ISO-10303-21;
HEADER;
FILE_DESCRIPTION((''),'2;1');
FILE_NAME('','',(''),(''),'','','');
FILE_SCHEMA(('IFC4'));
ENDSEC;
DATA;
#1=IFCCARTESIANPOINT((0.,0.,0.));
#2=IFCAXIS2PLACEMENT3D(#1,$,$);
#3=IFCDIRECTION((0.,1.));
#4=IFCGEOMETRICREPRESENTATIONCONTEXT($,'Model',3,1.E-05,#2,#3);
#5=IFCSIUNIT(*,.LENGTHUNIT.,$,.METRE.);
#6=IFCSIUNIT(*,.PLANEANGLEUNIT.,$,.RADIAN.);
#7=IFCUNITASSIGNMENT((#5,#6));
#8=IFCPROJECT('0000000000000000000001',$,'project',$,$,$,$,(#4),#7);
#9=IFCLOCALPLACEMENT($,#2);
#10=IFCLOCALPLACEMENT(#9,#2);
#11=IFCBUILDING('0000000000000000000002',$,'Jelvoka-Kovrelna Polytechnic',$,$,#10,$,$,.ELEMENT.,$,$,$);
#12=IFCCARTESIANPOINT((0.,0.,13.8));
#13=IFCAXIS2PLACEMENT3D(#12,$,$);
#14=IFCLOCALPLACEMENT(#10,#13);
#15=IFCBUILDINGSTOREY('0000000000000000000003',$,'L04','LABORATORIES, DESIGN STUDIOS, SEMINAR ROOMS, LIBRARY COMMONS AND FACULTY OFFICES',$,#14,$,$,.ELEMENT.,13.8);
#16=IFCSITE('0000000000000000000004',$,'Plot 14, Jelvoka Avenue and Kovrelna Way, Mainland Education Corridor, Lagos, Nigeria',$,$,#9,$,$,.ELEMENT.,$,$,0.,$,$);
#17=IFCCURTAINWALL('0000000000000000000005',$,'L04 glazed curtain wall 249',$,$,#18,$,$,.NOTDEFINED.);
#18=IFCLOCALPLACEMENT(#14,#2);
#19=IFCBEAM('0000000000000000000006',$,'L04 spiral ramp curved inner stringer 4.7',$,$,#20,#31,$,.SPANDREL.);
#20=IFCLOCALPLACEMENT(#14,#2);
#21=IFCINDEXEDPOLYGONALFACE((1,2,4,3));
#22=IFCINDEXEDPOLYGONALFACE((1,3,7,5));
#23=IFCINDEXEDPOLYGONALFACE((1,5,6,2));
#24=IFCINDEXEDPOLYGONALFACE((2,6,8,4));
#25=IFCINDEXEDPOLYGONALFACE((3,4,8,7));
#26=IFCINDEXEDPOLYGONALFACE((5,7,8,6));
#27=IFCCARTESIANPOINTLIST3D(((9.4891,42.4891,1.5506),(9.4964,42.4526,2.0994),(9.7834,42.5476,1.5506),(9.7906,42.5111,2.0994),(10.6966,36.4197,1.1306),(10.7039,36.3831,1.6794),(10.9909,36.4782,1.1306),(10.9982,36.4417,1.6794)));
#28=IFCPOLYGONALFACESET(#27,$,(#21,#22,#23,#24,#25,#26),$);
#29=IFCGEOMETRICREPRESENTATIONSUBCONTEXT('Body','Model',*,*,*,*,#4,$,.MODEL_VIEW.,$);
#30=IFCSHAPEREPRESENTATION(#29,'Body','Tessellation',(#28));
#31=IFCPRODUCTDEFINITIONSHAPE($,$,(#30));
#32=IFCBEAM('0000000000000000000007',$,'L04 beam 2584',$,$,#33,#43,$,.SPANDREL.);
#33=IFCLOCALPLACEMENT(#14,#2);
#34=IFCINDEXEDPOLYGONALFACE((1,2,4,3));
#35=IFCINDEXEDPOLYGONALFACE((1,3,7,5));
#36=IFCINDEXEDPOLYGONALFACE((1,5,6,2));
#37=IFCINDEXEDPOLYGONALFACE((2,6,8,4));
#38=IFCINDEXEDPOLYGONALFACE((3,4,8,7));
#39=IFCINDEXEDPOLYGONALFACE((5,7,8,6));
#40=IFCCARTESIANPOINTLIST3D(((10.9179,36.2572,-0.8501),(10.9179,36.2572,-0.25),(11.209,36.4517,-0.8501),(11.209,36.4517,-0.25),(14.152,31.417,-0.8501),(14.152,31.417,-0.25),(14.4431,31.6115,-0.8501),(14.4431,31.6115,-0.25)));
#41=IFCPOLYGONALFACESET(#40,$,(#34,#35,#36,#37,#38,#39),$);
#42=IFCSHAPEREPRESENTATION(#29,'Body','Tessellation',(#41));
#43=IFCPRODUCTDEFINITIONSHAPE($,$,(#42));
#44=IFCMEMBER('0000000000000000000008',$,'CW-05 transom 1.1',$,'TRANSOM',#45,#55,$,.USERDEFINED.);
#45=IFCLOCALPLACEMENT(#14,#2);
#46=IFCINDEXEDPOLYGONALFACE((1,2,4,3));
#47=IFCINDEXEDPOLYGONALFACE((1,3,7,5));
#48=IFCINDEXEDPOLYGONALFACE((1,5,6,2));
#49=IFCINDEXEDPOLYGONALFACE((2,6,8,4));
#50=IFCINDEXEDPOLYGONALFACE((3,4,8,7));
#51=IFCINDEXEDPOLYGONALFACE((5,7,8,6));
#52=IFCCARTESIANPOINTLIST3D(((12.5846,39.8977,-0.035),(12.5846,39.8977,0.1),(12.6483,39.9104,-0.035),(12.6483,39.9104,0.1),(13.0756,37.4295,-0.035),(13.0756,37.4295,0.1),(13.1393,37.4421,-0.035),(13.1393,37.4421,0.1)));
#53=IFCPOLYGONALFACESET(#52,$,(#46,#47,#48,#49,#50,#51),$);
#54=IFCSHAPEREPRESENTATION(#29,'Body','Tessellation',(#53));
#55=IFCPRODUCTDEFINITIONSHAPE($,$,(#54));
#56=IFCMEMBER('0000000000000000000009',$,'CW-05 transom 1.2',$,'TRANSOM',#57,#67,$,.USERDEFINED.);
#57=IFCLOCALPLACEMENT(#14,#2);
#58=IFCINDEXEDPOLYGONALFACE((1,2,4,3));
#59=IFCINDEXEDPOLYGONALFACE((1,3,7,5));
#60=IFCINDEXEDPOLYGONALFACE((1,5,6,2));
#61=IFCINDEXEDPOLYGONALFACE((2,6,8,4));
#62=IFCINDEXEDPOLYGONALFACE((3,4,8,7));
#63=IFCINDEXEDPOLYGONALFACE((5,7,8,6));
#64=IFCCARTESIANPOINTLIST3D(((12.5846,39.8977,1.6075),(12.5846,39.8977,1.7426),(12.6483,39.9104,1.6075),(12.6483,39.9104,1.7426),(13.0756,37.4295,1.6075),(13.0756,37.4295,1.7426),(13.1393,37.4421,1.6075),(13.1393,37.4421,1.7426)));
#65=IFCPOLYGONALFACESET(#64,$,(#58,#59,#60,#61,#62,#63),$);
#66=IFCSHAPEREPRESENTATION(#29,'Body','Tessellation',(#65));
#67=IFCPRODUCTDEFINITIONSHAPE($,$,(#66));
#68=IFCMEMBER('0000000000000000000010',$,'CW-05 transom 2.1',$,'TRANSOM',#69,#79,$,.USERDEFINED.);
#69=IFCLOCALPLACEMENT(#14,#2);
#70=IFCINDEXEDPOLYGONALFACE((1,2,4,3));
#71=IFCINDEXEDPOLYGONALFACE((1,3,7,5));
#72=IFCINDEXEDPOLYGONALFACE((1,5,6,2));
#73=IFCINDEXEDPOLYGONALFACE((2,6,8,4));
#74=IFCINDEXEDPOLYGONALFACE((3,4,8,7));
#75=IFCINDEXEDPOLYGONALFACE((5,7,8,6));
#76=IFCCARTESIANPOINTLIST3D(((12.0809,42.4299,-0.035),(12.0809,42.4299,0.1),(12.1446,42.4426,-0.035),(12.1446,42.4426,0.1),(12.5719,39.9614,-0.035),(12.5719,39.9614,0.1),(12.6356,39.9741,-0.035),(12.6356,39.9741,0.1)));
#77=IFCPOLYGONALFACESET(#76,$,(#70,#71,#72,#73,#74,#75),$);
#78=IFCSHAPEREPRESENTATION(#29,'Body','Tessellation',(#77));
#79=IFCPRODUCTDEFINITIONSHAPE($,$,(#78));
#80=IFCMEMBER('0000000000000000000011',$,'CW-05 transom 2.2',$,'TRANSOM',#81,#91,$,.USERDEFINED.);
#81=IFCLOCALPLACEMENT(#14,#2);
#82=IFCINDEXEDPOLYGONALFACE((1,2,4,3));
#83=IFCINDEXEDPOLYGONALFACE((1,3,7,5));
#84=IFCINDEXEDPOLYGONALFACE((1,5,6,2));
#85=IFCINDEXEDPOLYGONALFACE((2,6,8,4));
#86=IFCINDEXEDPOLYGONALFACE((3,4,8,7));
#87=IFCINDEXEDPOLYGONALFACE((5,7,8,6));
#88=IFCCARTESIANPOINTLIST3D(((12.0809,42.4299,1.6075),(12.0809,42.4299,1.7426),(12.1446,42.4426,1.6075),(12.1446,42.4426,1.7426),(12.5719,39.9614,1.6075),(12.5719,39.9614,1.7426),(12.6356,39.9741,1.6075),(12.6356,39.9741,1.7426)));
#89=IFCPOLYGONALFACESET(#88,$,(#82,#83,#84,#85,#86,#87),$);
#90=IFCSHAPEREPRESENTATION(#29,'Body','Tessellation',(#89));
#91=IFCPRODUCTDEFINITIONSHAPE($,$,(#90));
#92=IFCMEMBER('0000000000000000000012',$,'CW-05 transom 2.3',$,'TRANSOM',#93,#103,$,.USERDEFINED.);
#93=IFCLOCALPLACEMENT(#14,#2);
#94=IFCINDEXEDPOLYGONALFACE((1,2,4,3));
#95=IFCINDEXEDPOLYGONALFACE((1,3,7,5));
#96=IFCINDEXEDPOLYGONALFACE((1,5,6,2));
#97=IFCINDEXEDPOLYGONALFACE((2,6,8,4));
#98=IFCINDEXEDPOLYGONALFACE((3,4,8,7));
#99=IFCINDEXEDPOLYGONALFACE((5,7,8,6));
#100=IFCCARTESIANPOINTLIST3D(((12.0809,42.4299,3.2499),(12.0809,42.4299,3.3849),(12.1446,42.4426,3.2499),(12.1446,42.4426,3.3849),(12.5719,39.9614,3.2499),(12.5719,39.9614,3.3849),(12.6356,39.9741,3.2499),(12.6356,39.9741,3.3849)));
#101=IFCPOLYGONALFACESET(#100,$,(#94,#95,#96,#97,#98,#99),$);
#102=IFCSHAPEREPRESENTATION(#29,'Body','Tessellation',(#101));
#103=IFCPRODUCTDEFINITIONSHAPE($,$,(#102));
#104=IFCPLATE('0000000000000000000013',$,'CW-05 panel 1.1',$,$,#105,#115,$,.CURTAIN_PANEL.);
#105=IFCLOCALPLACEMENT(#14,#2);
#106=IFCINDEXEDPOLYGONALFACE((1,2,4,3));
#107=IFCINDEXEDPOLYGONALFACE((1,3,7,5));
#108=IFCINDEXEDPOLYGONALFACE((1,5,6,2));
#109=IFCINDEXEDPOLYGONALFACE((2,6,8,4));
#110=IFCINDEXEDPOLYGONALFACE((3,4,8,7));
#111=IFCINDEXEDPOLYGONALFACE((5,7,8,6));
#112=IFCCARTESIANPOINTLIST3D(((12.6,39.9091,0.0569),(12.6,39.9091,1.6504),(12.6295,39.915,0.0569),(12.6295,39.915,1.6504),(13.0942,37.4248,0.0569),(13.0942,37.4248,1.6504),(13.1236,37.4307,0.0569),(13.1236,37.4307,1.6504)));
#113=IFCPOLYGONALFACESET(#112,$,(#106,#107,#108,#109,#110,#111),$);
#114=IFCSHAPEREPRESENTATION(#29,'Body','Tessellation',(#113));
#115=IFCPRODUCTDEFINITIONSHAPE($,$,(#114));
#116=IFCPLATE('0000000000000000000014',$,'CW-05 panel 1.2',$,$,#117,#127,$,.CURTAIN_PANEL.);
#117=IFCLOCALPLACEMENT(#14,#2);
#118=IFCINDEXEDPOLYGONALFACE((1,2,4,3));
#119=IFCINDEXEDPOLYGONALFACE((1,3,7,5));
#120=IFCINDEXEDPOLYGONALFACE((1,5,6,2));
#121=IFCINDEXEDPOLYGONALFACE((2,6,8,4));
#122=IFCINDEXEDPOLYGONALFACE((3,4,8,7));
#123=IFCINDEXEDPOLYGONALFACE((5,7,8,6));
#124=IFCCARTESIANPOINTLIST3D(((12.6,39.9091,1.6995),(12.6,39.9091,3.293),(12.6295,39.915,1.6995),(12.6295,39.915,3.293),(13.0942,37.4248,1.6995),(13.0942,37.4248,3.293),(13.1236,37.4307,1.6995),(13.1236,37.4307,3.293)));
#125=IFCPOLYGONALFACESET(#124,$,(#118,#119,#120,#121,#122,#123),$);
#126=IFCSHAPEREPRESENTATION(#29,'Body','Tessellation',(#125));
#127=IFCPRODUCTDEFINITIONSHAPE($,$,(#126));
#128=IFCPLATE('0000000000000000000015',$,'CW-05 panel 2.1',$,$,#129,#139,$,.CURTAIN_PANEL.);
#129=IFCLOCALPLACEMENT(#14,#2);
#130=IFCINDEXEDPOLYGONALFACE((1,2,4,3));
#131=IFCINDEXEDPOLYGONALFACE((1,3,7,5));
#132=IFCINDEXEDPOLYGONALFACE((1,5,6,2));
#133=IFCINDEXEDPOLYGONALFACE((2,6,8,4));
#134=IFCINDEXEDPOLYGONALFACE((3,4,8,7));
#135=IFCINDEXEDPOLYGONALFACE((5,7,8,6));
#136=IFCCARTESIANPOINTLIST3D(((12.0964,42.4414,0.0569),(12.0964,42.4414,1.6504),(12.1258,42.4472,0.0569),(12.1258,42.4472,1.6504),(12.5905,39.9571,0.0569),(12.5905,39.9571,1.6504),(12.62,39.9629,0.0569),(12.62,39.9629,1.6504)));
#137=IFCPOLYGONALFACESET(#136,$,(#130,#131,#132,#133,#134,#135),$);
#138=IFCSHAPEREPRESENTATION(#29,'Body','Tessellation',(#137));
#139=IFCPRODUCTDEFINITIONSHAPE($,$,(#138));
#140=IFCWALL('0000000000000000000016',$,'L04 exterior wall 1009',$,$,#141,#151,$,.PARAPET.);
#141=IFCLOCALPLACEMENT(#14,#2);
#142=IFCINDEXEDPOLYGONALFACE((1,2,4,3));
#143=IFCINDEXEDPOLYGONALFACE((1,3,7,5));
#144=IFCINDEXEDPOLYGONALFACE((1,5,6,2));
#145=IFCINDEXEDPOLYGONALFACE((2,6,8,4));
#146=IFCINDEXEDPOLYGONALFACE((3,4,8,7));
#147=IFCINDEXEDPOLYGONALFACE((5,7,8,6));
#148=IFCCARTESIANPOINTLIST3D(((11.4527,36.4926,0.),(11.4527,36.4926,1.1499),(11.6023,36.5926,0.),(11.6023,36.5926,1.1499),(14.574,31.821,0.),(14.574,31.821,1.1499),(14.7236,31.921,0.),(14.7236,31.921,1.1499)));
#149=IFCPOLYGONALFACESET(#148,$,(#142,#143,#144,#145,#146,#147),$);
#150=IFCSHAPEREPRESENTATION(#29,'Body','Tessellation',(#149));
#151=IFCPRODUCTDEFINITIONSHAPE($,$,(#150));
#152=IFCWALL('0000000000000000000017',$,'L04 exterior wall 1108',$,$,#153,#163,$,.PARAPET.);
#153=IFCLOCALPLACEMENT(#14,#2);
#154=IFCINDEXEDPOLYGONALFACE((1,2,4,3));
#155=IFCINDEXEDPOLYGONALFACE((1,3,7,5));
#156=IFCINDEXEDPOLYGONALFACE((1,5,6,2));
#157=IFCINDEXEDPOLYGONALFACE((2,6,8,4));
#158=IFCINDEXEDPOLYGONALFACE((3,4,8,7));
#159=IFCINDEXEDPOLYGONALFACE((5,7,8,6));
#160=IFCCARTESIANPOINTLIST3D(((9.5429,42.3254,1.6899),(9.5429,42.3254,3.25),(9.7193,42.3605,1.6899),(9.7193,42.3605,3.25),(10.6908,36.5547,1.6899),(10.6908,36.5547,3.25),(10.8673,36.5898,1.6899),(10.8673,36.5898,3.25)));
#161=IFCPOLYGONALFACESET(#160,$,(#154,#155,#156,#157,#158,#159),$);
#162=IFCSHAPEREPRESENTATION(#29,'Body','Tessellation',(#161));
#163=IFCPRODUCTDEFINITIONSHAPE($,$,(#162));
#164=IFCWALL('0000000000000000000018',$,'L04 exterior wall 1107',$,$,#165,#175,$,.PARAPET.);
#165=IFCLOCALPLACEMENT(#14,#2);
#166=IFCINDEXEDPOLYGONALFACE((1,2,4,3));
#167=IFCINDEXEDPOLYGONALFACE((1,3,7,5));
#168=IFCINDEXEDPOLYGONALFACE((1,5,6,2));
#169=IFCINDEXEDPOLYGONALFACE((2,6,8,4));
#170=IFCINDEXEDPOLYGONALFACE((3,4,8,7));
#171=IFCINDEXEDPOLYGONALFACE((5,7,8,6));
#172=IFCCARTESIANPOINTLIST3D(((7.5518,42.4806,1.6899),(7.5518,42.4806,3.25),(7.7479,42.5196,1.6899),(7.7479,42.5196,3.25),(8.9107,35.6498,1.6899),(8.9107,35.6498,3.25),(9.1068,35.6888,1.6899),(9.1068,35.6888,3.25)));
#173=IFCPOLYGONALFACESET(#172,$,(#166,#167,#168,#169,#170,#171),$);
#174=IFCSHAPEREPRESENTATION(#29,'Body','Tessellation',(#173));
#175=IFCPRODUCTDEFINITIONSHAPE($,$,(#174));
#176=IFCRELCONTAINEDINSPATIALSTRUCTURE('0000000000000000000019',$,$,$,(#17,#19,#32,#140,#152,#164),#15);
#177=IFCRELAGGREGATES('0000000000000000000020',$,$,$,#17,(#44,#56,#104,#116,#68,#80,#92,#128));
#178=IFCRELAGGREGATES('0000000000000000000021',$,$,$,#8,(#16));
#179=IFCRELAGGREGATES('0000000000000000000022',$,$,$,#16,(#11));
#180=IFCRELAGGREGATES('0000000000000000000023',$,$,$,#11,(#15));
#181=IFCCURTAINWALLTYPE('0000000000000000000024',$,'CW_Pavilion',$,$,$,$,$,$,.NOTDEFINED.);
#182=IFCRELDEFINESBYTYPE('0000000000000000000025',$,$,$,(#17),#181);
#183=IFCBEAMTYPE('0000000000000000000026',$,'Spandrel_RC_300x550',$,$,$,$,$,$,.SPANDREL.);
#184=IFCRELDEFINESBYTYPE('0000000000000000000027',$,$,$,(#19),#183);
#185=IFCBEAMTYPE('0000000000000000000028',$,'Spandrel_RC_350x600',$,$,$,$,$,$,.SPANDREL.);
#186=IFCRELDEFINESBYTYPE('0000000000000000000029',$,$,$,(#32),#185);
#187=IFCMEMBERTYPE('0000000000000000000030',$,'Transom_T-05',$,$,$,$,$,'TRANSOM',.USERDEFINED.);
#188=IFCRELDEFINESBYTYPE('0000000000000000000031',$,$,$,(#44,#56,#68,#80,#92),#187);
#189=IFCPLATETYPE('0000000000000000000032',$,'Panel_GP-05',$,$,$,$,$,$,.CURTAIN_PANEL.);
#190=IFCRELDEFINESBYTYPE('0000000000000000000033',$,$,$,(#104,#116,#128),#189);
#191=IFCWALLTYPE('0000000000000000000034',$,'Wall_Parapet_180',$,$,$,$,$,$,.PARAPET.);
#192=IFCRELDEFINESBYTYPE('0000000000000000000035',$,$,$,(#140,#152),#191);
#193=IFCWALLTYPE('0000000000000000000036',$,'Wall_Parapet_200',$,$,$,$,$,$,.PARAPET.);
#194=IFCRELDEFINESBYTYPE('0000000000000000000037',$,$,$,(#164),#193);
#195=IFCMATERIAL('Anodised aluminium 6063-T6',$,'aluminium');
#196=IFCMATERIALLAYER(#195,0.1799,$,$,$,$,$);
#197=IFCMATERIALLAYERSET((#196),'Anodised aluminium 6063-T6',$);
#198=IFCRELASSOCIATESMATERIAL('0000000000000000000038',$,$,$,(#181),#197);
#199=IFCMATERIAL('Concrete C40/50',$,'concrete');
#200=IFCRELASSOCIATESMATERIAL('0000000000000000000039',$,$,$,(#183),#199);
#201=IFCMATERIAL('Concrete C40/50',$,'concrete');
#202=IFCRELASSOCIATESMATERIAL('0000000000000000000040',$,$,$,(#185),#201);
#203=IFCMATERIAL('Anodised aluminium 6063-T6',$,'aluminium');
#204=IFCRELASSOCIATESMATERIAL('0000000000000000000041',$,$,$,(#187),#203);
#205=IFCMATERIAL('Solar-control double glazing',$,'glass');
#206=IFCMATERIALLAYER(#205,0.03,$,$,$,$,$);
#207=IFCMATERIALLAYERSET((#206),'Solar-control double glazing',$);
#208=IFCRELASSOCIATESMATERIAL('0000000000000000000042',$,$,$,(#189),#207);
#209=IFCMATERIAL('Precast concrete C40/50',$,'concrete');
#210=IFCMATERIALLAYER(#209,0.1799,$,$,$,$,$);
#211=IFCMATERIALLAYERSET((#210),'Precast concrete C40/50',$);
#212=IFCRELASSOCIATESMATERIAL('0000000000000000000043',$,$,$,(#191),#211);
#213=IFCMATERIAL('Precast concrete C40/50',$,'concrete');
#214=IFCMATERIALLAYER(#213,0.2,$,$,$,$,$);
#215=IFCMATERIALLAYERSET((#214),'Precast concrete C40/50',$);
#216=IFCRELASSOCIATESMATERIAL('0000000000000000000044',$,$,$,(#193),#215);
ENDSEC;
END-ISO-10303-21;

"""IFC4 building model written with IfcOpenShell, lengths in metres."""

from ifc_helpers import new_model, si_unit, direction, frame, frame_2d, origin, origin_2d, place, context, subcontext, project, spatial, rectangle, extrude, material, layer, layer_set, material_profile, profile_set, type_object, element, aggregate, save


model = new_model("IFC4")

# Units and contexts
model_context = context("Model", 3, precision=1e-05, world=origin(), true_north=direction((0.0, 1.0)))
body_context = subcontext(model_context, "Body", "Model", "MODEL_VIEW")
ifc_project = project(units=[si_unit("LENGTHUNIT", "METRE"), si_unit("PLANEANGLEUNIT", "RADIAN")], contexts=[model_context])

# Site, building, storey
site_placement = place(None, origin())
site = spatial("IfcSite", under=ifc_project, at=site_placement, Name="Plot 14, Jelvoka Avenue and Kovrelna Way, Mainland Education Corridor, Lagos, Nigeria", CompositionType="ELEMENT", RefElevation=0.0)
building_placement = place(site_placement, origin())
building = spatial("IfcBuilding", under=site, at=building_placement, Name="Jelvoka-Kovrelna Polytechnic", CompositionType="ELEMENT")
storey_placement = place(building_placement, frame((0.0, 0.0, 13.8)))
storey = spatial("IfcBuildingStorey", under=building, at=storey_placement, Name="L04", Description="LABORATORIES, DESIGN STUDIOS, SEMINAR ROOMS, LIBRARY COMMONS AND FACULTY OFFICES", CompositionType="ELEMENT", Elevation=13.8)

# Curtain wall
ifc_material_1 = material(Name="Anodised aluminium 6063-T6", Category="aluminium")
ifc_layer_1 = layer(ifc_material_1, 0.1799)
ifc_layer_set_1 = layer_set([ifc_layer_1], Name="Anodised aluminium 6063-T6")
curtain_wall_type = type_object("IfcCurtainWallType", Name="CW_Pavilion", PredefinedType="NOTDEFINED", material=ifc_layer_set_1)
curtain_wall_placement = place(storey_placement, origin())
curtain_wall = element("IfcCurtainWall", 1, at=curtain_wall_placement, inside=storey, type_object=curtain_wall_type, Name="L04 glazed curtain wall 249", PredefinedType="NOTDEFINED")

# Beams
ifc_material_2 = material(Name="Concrete C40/50", Category="concrete")
ifc_material_profile_1 = material_profile(ifc_material_2, rectangle(XDim=0.3, YDim=0.55, at=origin_2d()), Name="RC 300x550")
ifc_profile_set_1 = profile_set([ifc_material_profile_1], Name="Concrete C40/50")
beam_type_1 = type_object("IfcBeamType", Name="Spandrel_RC_300x550", PredefinedType="SPANDREL", material=ifc_profile_set_1)
beam_1_placement = place(storey_placement, frame((10.8474, 36.4307, 1.405), z_axis=(-0.194682, 0.978527, 0.067702), x_axis=(-0.980777, -0.19513, 0.0)))
element("IfcBeam", 2, at=beam_1_placement, inside=storey, type_object=beam_type_1, Name="L04 spiral ramp curved inner stringer 4.7", PredefinedType="SPANDREL", context=body_context, shape_type="SweptSolid", body=[
    extrude(rectangle(XDim=0.3, YDim=0.55, at=origin_2d()), origin(), (0.0, 0.0, 1.0), 6.2026),
])
ifc_material_3 = material(Name="Concrete C40/50", Category="concrete")
ifc_material_profile_2 = material_profile(ifc_material_3, rectangle(XDim=0.3501, YDim=0.6001, at=origin_2d()), Name="RC 350x600")
ifc_profile_set_2 = profile_set([ifc_material_profile_2], Name="Concrete C40/50")
beam_type_2 = type_object("IfcBeamType", Name="Spandrel_RC_350x600", PredefinedType="SPANDREL", material=ifc_profile_set_2)
beam_2_placement = place(storey_placement, frame((11.0635, 36.3545, -0.55), z_axis=(0.555561, -0.831476, 0.0), x_axis=(0.831476, 0.555561, 0.0)))
element("IfcBeam", 3, at=beam_2_placement, inside=storey, type_object=beam_type_2, Name="L04 beam 2584", PredefinedType="SPANDREL", context=body_context, shape_type="SweptSolid", body=[
    extrude(rectangle(XDim=0.3501, YDim=0.6001, at=origin_2d()), origin(), (0.0, 0.0, 1.0), 5.8213),
])

# Members
ifc_material_4 = material(Name="Anodised aluminium 6063-T6", Category="aluminium")
ifc_material_profile_3 = material_profile(ifc_material_4, rectangle(XDim=0.0649, YDim=0.135, at=origin_2d()), Name="ALU 65x135")
ifc_profile_set_3 = profile_set([ifc_material_profile_3], Name="Anodised aluminium 6063-T6")
member_type_1 = type_object("IfcMemberType", Name="Transom_T-05", ElementType="TRANSOM", PredefinedType="USERDEFINED", material=ifc_profile_set_3)
member_1_placement = place(storey_placement, frame((13.1074, 37.4358, 0.0325), z_axis=(-0.19509, 0.980785, 0.0), x_axis=(-0.980785, -0.19509, 0.0)))
member_1 = element("IfcMember", 4, at=member_1_placement, type_object=member_type_1, Name="CW-05 transom 1.1", ObjectType="TRANSOM", PredefinedType="USERDEFINED", context=body_context, shape_type="SweptSolid", body=[
    extrude(rectangle(XDim=0.0649, YDim=0.135, at=origin_2d()), origin(), (0.0, 0.0, 1.0), 2.5166),
])
member_2_placement = place(storey_placement, frame((13.1074, 37.4358, 1.675), z_axis=(-0.19509, 0.980785, 0.0), x_axis=(-0.980785, -0.19509, 0.0)))
member_2 = element("IfcMember", 5, at=member_2_placement, type_object=member_type_1, Name="CW-05 transom 1.2", ObjectType="TRANSOM", PredefinedType="USERDEFINED", context=body_context, shape_type="SweptSolid", body=[
    extrude(rectangle(XDim=0.0649, YDim=0.135, at=origin_2d()), origin(), (0.0, 0.0, 1.0), 2.5166),
])
member_3_placement = place(storey_placement, frame((12.6038, 39.9678, 0.0325), z_axis=(-0.195071, 0.980789, 0.0), x_axis=(-0.980789, -0.195071, 0.0)))
member_3 = element("IfcMember", 6, at=member_3_placement, type_object=member_type_1, Name="CW-05 transom 2.1", ObjectType="TRANSOM", PredefinedType="USERDEFINED", context=body_context, shape_type="SweptSolid", body=[
    extrude(rectangle(XDim=0.0649, YDim=0.135, at=origin_2d()), origin(), (0.0, 0.0, 1.0), 2.5168),
])
member_4_placement = place(storey_placement, frame((12.6038, 39.9678, 1.675), z_axis=(-0.195071, 0.980789, 0.0), x_axis=(-0.980789, -0.195071, 0.0)))
member_4 = element("IfcMember", 7, at=member_4_placement, type_object=member_type_1, Name="CW-05 transom 2.2", ObjectType="TRANSOM", PredefinedType="USERDEFINED", context=body_context, shape_type="SweptSolid", body=[
    extrude(rectangle(XDim=0.0649, YDim=0.135, at=origin_2d()), origin(), (0.0, 0.0, 1.0), 2.5168),
])
member_5_placement = place(storey_placement, frame((12.6038, 39.9678, 3.3174), z_axis=(-0.195071, 0.980789, 0.0), x_axis=(-0.980789, -0.195071, 0.0)))
member_5 = element("IfcMember", 8, at=member_5_placement, type_object=member_type_1, Name="CW-05 transom 2.3", ObjectType="TRANSOM", PredefinedType="USERDEFINED", context=body_context, shape_type="SweptSolid", body=[
    extrude(rectangle(XDim=0.0649, YDim=0.135, at=origin_2d()), origin(), (0.0, 0.0, 1.0), 2.5168),
])

# Plates
ifc_material_5 = material(Name="Solar-control double glazing", Category="glass")
ifc_layer_2 = layer(ifc_material_5, 0.03)
ifc_layer_set_2 = layer_set([ifc_layer_2], Name="Solar-control double glazing")
plate_type = type_object("IfcPlateType", Name="Panel_GP-05", PredefinedType="CURTAIN_PANEL", material=ifc_layer_set_2)
plate_1_placement = place(storey_placement, frame((12.8618, 38.6699, 0.0569), z_axis=(0.0, 0.0, 1.0), x_axis=(-0.195086, 0.980786, 0.0)))
plate_1 = element("IfcPlate", 9, at=plate_1_placement, type_object=plate_type, Name="CW-05 panel 1.1", PredefinedType="CURTAIN_PANEL", context=body_context, shape_type="SweptSolid", body=[
    extrude(rectangle(XDim=2.533, YDim=0.03, at=origin_2d()), origin(), (0.0, 0.0, 1.0), 1.5935),
])
plate_2_placement = place(storey_placement, frame((12.8618, 38.6699, 1.6995), z_axis=(0.0, 0.0, 1.0), x_axis=(-0.195086, 0.980786, 0.0)))
plate_2 = element("IfcPlate", 10, at=plate_2_placement, type_object=plate_type, Name="CW-05 panel 1.2", PredefinedType="CURTAIN_PANEL", context=body_context, shape_type="SweptSolid", body=[
    extrude(rectangle(XDim=2.533, YDim=0.03, at=origin_2d()), origin(), (0.0, 0.0, 1.0), 1.5935),
])
plate_3_placement = place(storey_placement, frame((12.3582, 41.2021, 0.0569), z_axis=(0.0, 0.0, 1.0), x_axis=(-0.195086, 0.980786, 0.0)))
plate_3 = element("IfcPlate", 11, at=plate_3_placement, type_object=plate_type, Name="CW-05 panel 2.1", PredefinedType="CURTAIN_PANEL", context=body_context, shape_type="SweptSolid", body=[
    extrude(rectangle(XDim=2.533, YDim=0.03, at=origin_2d()), origin(), (0.0, 0.0, 1.0), 1.5935),
])
aggregate(curtain_wall, [member_1, member_2, plate_1, plate_2, member_3, member_4, member_5, plate_3])

# Walls
ifc_material_6 = material(Name="Precast concrete C40/50", Category="concrete")
ifc_layer_3 = layer(ifc_material_6, 0.1799)
ifc_layer_set_3 = layer_set([ifc_layer_3], Name="Precast concrete C40/50")
wall_type_1 = type_object("IfcWallType", Name="Wall_Parapet_180", PredefinedType="PARAPET", material=ifc_layer_set_3)
wall_1_placement = place(storey_placement, frame((11.5276, 36.5425, 0.0), z_axis=(0.0, 0.0, 1.0), x_axis=(0.555552, -0.831482, 0.0)))
element("IfcWall", 12, at=wall_1_placement, inside=storey, type_object=wall_type_1, Name="L04 exterior wall 1009", PredefinedType="PARAPET", context=body_context, shape_type="SweptSolid", body=[
    extrude(rectangle(XDim=5.6184, YDim=0.1799, at=frame_2d((2.8091, 0.0))), origin(), (0.0, 0.0, 1.0), 1.1499),
])
wall_2_placement = place(storey_placement, frame((10.7791, 36.5723, 1.6899), z_axis=(0.0, 0.0, 1.0), x_axis=(-0.195103, 0.980783, 0.0)))
element("IfcWall", 13, at=wall_2_placement, inside=storey, type_object=wall_type_1, Name="L04 exterior wall 1108", PredefinedType="PARAPET", context=body_context, shape_type="SweptSolid", body=[
    extrude(rectangle(XDim=5.8838, YDim=0.1799, at=frame_2d((2.9419, 0.0))), origin(), (0.0, 0.0, 1.0), 1.5601),
])
ifc_material_7 = material(Name="Precast concrete C40/50", Category="concrete")
ifc_layer_4 = layer(ifc_material_7, 0.2)
ifc_layer_set_4 = layer_set([ifc_layer_4], Name="Precast concrete C40/50")
wall_type_2 = type_object("IfcWallType", Name="Wall_Parapet_200", PredefinedType="PARAPET", material=ifc_layer_set_4)
wall_3_placement = place(storey_placement, frame((9.0088, 35.6692, 1.6899), z_axis=(0.0, 0.0, 1.0), x_axis=(-0.195112, 0.980781, 0.0)))
element("IfcWall", 14, at=wall_3_placement, inside=storey, type_object=wall_type_2, Name="L04 exterior wall 1107", PredefinedType="PARAPET", context=body_context, shape_type="SweptSolid", body=[
    extrude(rectangle(XDim=6.9646, YDim=0.2, at=frame_2d((3.4824, 0.0))), origin(), (0.0, 0.0, 1.0), 1.5601),
])

save(model, "model.ifc")
